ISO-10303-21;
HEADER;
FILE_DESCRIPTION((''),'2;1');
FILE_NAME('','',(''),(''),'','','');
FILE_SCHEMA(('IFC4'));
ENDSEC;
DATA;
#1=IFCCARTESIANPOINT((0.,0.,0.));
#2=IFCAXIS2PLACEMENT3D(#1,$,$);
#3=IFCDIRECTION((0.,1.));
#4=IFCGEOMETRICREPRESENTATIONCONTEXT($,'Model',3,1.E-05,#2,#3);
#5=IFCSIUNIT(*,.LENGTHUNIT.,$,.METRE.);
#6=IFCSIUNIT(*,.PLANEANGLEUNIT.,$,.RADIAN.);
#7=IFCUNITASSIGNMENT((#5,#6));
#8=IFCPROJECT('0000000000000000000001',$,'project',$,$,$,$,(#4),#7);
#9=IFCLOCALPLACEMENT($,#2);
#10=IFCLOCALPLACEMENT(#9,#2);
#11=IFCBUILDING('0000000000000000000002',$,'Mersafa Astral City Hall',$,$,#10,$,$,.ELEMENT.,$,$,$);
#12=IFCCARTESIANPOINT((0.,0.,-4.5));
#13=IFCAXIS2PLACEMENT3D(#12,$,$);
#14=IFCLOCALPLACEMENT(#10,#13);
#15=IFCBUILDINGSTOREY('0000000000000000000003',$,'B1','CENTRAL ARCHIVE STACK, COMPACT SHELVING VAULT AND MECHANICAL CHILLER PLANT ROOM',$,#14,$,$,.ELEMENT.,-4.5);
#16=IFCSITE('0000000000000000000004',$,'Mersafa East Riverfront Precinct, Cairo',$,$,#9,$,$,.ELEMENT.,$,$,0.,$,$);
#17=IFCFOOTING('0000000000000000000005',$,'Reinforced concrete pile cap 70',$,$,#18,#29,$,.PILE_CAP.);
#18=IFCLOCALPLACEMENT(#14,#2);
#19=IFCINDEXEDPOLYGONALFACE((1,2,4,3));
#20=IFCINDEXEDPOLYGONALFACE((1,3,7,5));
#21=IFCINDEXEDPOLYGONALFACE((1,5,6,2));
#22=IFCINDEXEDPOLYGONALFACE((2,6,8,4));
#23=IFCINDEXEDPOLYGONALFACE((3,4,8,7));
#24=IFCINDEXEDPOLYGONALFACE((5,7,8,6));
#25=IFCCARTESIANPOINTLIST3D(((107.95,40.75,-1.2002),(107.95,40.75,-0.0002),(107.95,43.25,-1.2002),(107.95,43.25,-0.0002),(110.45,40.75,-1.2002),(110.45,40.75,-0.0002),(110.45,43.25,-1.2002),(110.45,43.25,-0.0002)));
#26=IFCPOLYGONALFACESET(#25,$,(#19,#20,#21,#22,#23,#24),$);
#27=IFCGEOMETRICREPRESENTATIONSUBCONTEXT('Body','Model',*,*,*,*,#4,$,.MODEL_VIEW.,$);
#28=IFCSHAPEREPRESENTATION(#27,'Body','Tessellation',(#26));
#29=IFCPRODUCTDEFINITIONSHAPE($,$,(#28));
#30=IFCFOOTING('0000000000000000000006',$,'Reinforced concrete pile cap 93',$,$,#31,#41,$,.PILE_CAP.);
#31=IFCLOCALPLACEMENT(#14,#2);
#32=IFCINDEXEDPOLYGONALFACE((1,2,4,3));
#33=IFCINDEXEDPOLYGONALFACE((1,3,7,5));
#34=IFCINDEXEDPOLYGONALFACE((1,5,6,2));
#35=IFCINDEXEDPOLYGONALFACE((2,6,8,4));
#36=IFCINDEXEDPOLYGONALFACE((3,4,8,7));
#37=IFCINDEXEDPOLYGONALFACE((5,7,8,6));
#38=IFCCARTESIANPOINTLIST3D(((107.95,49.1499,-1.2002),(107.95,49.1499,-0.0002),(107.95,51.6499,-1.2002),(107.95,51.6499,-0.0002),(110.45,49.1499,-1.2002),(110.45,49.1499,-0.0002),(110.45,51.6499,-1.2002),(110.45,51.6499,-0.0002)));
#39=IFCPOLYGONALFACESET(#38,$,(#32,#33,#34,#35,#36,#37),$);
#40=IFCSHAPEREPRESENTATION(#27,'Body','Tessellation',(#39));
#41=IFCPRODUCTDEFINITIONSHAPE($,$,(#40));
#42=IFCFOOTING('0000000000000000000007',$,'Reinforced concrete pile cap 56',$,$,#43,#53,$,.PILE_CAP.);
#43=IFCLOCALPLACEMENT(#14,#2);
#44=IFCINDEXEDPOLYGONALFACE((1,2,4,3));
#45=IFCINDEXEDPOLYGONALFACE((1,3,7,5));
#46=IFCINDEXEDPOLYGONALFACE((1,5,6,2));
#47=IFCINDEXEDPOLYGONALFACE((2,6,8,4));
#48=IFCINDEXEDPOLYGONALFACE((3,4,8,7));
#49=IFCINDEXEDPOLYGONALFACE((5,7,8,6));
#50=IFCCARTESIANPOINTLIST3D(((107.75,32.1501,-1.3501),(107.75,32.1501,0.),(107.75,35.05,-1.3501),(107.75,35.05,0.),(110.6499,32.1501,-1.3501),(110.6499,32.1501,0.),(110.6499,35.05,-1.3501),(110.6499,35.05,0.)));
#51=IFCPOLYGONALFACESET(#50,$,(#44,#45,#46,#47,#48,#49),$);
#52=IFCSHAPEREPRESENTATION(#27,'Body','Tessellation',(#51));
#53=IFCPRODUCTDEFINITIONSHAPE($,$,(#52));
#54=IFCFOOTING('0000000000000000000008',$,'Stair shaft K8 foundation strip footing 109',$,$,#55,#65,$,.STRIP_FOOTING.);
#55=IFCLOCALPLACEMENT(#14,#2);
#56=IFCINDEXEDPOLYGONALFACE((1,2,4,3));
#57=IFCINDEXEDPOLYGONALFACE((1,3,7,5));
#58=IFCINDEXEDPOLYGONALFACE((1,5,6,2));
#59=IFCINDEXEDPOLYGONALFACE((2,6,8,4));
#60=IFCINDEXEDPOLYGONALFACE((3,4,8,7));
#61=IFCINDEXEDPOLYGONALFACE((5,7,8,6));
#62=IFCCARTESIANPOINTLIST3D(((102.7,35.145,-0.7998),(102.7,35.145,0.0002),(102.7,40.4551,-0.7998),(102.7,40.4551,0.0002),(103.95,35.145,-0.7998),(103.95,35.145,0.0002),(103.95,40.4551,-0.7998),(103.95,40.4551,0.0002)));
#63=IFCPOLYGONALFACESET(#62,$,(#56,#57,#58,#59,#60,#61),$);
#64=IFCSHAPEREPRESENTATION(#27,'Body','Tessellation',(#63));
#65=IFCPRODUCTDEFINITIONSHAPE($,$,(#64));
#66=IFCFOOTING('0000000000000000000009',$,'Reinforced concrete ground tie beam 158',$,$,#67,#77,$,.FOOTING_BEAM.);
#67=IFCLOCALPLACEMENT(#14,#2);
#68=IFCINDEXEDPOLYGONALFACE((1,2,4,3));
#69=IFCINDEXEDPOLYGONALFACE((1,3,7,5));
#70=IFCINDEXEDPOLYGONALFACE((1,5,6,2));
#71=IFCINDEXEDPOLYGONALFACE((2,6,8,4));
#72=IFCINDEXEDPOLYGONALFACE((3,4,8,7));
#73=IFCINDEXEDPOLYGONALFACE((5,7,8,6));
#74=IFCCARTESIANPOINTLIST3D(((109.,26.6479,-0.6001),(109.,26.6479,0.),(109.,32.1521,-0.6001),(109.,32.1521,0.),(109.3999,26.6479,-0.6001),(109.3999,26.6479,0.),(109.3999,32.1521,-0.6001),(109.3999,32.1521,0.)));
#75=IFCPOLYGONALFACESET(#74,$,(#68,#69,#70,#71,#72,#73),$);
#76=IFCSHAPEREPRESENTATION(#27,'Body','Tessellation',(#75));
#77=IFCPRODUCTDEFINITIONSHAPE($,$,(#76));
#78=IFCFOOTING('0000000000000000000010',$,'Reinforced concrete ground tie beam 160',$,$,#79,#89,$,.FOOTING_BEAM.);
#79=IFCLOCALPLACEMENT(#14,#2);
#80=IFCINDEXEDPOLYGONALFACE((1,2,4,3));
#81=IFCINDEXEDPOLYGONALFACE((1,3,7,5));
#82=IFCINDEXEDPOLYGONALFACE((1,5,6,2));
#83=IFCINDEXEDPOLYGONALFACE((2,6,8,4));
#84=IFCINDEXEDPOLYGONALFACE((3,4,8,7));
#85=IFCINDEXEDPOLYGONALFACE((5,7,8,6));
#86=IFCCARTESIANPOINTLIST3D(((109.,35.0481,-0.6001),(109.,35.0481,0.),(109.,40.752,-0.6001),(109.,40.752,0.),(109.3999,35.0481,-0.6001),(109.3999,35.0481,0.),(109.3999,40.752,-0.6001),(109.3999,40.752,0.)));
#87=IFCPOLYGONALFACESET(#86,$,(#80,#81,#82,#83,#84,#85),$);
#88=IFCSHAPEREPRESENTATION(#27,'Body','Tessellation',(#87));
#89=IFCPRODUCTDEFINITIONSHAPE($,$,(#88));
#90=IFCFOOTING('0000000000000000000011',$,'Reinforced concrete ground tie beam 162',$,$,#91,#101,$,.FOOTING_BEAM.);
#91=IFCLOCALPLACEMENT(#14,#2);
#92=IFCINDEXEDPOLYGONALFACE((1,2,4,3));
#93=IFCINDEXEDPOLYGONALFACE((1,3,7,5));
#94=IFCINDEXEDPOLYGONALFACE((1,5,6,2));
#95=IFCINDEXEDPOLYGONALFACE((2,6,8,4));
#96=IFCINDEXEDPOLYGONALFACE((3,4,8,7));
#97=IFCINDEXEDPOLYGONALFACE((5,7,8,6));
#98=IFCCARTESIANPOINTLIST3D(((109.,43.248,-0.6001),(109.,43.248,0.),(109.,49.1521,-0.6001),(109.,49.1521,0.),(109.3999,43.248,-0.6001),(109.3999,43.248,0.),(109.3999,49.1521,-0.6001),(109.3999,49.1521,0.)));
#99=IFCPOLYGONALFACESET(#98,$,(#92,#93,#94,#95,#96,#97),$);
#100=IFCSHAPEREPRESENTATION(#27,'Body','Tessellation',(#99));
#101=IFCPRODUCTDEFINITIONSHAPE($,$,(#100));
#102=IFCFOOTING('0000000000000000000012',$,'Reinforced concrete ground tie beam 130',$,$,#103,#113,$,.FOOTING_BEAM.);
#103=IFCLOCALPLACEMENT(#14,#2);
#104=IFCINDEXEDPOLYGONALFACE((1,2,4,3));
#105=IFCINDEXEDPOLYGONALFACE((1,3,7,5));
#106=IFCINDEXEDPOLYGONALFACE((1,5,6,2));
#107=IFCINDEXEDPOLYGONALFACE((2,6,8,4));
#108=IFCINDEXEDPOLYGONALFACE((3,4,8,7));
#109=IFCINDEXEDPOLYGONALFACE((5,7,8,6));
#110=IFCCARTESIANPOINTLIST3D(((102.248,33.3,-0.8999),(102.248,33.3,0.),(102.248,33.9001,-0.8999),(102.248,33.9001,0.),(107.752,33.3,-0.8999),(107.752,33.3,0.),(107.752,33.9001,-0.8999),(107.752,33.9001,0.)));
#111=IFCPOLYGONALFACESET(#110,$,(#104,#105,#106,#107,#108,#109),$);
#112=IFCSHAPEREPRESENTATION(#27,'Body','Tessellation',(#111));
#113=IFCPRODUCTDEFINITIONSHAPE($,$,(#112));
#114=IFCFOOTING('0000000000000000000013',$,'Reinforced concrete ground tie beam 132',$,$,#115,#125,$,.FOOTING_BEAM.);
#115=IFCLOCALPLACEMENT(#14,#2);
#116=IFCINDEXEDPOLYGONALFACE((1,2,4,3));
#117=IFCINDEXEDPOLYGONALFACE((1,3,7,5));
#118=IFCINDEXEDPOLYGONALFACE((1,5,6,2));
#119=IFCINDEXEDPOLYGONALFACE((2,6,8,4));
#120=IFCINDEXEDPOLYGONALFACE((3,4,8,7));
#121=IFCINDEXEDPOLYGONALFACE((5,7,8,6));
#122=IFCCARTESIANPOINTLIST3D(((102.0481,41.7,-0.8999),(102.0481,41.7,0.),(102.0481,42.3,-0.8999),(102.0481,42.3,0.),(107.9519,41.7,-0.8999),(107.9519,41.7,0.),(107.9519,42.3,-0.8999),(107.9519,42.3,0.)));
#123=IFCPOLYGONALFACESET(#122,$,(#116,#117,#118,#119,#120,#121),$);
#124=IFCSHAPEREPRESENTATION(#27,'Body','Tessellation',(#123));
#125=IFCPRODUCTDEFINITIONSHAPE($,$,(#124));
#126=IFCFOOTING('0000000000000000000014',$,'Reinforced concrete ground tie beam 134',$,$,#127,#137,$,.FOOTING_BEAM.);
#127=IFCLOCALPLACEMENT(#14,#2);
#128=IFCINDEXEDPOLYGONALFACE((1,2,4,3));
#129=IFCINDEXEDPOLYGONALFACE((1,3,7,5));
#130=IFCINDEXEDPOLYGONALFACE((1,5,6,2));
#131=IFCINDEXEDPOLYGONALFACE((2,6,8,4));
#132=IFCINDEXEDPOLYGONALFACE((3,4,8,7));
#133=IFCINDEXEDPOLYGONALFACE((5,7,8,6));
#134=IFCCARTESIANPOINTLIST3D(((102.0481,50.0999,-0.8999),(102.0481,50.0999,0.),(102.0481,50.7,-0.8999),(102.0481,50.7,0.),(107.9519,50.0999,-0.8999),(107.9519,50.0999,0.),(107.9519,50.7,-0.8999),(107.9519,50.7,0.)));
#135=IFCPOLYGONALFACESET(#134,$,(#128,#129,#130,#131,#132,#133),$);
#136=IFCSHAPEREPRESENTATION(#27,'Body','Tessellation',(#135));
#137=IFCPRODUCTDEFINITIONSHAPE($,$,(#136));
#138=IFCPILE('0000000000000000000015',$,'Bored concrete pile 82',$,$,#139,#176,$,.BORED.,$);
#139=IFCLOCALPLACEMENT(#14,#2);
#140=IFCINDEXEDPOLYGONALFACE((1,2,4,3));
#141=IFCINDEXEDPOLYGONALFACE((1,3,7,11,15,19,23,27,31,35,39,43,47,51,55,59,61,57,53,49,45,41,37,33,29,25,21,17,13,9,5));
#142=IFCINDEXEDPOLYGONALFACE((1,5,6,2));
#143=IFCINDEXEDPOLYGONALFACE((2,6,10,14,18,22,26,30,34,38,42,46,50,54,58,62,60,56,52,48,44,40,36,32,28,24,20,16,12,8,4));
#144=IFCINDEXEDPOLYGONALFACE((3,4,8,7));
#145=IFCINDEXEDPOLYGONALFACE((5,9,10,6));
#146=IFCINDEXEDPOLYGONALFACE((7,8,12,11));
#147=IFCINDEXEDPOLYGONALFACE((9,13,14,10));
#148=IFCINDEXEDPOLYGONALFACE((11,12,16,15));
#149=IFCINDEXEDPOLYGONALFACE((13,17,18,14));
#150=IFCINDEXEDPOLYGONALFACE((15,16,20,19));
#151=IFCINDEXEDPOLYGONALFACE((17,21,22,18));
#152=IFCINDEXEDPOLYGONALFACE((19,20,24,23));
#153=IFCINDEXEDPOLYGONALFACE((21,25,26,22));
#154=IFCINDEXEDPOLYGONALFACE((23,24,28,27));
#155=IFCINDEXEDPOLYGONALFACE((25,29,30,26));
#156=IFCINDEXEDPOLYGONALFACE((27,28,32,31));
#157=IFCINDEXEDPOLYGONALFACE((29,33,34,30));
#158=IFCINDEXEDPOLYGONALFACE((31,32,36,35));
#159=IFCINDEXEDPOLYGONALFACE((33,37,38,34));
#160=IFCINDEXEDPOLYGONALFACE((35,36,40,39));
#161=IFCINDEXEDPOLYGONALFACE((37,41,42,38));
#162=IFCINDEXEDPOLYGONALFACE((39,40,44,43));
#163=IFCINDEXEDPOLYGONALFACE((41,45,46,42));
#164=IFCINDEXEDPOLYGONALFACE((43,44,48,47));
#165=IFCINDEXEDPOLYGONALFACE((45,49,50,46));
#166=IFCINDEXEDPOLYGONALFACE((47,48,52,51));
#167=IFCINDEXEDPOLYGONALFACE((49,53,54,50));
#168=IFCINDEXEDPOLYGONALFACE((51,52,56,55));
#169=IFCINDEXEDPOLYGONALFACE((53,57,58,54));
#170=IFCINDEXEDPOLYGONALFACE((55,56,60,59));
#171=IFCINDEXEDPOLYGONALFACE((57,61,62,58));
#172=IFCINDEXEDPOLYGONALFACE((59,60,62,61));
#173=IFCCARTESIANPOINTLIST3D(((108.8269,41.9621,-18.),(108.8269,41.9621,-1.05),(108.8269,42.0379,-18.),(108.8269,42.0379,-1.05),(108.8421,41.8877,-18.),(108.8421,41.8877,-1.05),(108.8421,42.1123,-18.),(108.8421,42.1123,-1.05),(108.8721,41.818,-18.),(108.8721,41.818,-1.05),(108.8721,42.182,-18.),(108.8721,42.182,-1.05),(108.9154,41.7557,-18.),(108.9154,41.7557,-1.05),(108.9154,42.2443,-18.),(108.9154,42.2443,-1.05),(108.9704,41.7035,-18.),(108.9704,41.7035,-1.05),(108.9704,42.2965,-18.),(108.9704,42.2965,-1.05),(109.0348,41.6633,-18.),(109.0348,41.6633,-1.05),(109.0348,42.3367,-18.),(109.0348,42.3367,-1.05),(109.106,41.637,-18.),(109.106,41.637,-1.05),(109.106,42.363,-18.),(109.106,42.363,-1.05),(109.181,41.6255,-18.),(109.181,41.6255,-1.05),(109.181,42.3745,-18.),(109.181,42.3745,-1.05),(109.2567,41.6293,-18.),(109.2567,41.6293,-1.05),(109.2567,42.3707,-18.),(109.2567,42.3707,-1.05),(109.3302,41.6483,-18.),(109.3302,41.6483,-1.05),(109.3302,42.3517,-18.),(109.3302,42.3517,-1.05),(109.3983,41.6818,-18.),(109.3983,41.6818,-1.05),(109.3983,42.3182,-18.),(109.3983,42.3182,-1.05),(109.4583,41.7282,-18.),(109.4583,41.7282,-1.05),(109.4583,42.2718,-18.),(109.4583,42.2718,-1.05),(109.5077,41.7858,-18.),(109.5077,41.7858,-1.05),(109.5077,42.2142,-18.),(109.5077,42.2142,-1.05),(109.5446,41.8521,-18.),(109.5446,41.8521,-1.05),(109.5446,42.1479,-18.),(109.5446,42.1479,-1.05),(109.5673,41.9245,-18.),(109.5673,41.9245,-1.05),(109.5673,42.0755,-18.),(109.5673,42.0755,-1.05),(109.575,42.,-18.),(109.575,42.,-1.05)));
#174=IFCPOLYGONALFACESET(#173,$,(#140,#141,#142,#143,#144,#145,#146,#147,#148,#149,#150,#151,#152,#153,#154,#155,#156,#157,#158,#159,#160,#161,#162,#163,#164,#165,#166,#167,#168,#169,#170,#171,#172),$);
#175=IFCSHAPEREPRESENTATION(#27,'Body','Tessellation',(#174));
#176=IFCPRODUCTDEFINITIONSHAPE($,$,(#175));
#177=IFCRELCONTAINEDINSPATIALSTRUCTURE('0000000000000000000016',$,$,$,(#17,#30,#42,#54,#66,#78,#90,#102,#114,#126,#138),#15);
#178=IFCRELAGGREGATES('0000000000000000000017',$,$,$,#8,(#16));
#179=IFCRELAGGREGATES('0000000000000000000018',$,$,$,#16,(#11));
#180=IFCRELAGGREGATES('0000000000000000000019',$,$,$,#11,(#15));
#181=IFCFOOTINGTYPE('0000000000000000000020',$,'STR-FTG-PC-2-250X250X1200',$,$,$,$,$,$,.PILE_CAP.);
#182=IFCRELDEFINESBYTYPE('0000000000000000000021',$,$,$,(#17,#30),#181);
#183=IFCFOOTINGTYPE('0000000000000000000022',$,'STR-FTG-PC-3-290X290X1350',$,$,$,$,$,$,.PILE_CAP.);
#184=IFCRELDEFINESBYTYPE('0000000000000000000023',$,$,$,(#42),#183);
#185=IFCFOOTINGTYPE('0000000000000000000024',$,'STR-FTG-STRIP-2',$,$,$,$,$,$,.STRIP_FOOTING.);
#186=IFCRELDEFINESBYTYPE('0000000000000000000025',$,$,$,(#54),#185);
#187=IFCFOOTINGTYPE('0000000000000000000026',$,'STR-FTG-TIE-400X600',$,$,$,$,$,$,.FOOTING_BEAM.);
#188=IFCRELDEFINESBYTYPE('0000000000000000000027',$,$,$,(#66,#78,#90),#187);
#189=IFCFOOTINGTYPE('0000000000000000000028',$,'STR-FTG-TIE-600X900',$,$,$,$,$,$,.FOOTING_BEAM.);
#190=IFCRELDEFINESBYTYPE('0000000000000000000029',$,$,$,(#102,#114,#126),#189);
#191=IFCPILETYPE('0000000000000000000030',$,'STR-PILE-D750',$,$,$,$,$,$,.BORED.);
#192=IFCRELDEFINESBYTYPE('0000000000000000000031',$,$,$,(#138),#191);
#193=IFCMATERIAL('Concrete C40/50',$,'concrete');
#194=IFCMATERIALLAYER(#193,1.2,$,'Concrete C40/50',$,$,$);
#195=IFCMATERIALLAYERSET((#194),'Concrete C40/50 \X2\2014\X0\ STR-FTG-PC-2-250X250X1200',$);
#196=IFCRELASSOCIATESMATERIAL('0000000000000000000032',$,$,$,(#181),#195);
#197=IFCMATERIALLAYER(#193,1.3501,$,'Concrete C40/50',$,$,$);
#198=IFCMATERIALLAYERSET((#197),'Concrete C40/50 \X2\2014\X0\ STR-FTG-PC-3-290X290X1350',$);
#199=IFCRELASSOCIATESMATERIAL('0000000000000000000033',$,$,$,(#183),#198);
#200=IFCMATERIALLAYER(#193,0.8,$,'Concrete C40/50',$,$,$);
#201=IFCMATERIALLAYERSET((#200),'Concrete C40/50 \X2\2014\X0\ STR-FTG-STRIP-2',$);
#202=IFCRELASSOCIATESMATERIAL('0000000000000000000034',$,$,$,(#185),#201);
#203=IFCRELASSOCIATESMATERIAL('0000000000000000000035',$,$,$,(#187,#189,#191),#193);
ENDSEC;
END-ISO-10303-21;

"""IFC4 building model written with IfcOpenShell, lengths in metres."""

from ifc_helpers import new_model, si_unit, direction, frame, origin, origin_2d, place, context, subcontext, project, spatial, rectangle, circle, extrude, material, layer, layer_set, material_profile, profile_set, type_object, element, save


model = new_model("IFC4")

# Units and contexts
model_context = context("Model", 3, precision=1e-05, world=origin(), true_north=direction((0.0, 1.0)))
body_context = subcontext(model_context, "Body", "Model", "MODEL_VIEW")
ifc_project = project(units=[si_unit("LENGTHUNIT", "METRE"), si_unit("PLANEANGLEUNIT", "RADIAN")], contexts=[model_context])

# Site, building, storey
site_placement = place(None, origin())
site = spatial("IfcSite", under=ifc_project, at=site_placement, Name="Mersafa East Riverfront Precinct, Cairo", CompositionType="ELEMENT", RefElevation=0.0)
building_placement = place(site_placement, origin())
building = spatial("IfcBuilding", under=site, at=building_placement, Name="Mersafa Astral City Hall", CompositionType="ELEMENT")
storey_placement = place(building_placement, frame((0.0, 0.0, -4.5)))
storey = spatial("IfcBuildingStorey", under=building, at=storey_placement, Name="B1", Description="CENTRAL ARCHIVE STACK, COMPACT SHELVING VAULT AND MECHANICAL CHILLER PLANT ROOM", CompositionType="ELEMENT", Elevation=-4.5)

# Footings
ifc_material_1 = material(Name="Concrete C40/50", Category="concrete")
ifc_layer_1 = layer(ifc_material_1, 1.2, Name="Concrete C40/50")
ifc_layer_set_1 = layer_set([ifc_layer_1], Name="Concrete C40/50 — STR-FTG-PC-2-250X250X1200")
footing_type_1 = type_object("IfcFootingType", Name="STR-FTG-PC-2-250X250X1200", PredefinedType="PILE_CAP", material=ifc_layer_set_1)
for number, where, z_axis, x_axis, name in (
    (1, (109.2, 42.0, -1.2002), (0.0, 0.0, 1.0), (1.0, 0.0, 0.0), "Reinforced concrete pile cap 70"),
    (2, (109.2, 50.3999, -1.2002), (0.0, 0.0, 1.0), (1.0, 0.0, 0.0), "Reinforced concrete pile cap 93"),
):
    element("IfcFooting", number, at=place(storey_placement, frame(where, z_axis=z_axis, x_axis=x_axis)), inside=storey, type_object=footing_type_1, Name=name, PredefinedType="PILE_CAP", context=body_context, shape_type="SweptSolid", body=[
        extrude(rectangle(XDim=2.5, YDim=2.5, at=origin_2d()), origin(), (0.0, 0.0, 1.0), 1.2),
    ])
ifc_layer_2 = layer(ifc_material_1, 1.3501, Name="Concrete C40/50")
ifc_layer_set_2 = layer_set([ifc_layer_2], Name="Concrete C40/50 — STR-FTG-PC-3-290X290X1350")
footing_type_2 = type_object("IfcFootingType", Name="STR-FTG-PC-3-290X290X1350", PredefinedType="PILE_CAP", material=ifc_layer_set_2)
footing_1_placement = place(storey_placement, frame((109.2, 33.6001, -1.3501), z_axis=(0.0, 0.0, 1.0), x_axis=(1.0, 0.0, 0.0)))
element("IfcFooting", 3, at=footing_1_placement, inside=storey, type_object=footing_type_2, Name="Reinforced concrete pile cap 56", PredefinedType="PILE_CAP", context=body_context, shape_type="SweptSolid", body=[
    extrude(rectangle(XDim=2.8999, YDim=2.8999, at=origin_2d()), origin(), (0.0, 0.0, 1.0), 1.3501),
])
ifc_layer_3 = layer(ifc_material_1, 0.8, Name="Concrete C40/50")
ifc_layer_set_3 = layer_set([ifc_layer_3], Name="Concrete C40/50 — STR-FTG-STRIP-2")
footing_type_3 = type_object("IfcFootingType", Name="STR-FTG-STRIP-2", PredefinedType="STRIP_FOOTING", material=ifc_layer_set_3)
footing_2_placement = place(storey_placement, frame((103.325, 37.8, -0.7998), z_axis=(0.0, 0.0, 1.0), x_axis=(0.0, 1.0, 0.0)))
element("IfcFooting", 4, at=footing_2_placement, inside=storey, type_object=footing_type_3, Name="Stair shaft K8 foundation strip footing 109", PredefinedType="STRIP_FOOTING", context=body_context, shape_type="SweptSolid", body=[
    extrude(rectangle(XDim=5.3101, YDim=1.25, at=origin_2d()), origin(), (0.0, 0.0, 1.0), 0.8),
])
ifc_material_profile_1 = material_profile(ifc_material_1, rectangle(XDim=0.3999, YDim=0.6001, at=origin_2d()), Name="RC 400x600")
ifc_profile_set_1 = profile_set([ifc_material_profile_1], Name="Concrete C40/50")
footing_type_4 = type_object("IfcFootingType", Name="STR-FTG-TIE-400X600", PredefinedType="FOOTING_BEAM", material=ifc_profile_set_1)
footing_3_placement = place(storey_placement, frame((109.2, 26.6479, -0.3), z_axis=(0.0, 1.0, 0.0), x_axis=(-1.0, 0.0, 0.0)))
element("IfcFooting", 5, at=footing_3_placement, inside=storey, type_object=footing_type_4, Name="Reinforced concrete ground tie beam 158", PredefinedType="FOOTING_BEAM", context=body_context, shape_type="SweptSolid", body=[
    extrude(rectangle(XDim=0.3999, YDim=0.6001, at=origin_2d()), origin(), (0.0, 0.0, 1.0), 5.5042),
])
footing_4_placement = place(storey_placement, frame((109.2, 35.0481, -0.3), z_axis=(0.0, 1.0, 0.0), x_axis=(-1.0, 0.0, 0.0)))
element("IfcFooting", 6, at=footing_4_placement, inside=storey, type_object=footing_type_4, Name="Reinforced concrete ground tie beam 160", PredefinedType="FOOTING_BEAM", context=body_context, shape_type="SweptSolid", body=[
    extrude(rectangle(XDim=0.3999, YDim=0.6001, at=origin_2d()), origin(), (0.0, 0.0, 1.0), 5.7039),
])
footing_5_placement = place(storey_placement, frame((109.2, 43.248, -0.3), z_axis=(0.0, 1.0, 0.0), x_axis=(-1.0, 0.0, 0.0)))
element("IfcFooting", 7, at=footing_5_placement, inside=storey, type_object=footing_type_4, Name="Reinforced concrete ground tie beam 162", PredefinedType="FOOTING_BEAM", context=body_context, shape_type="SweptSolid", body=[
    extrude(rectangle(XDim=0.3999, YDim=0.6001, at=origin_2d()), origin(), (0.0, 0.0, 1.0), 5.9041),
])
ifc_material_profile_2 = material_profile(ifc_material_1, rectangle(XDim=0.6001, YDim=0.8999, at=origin_2d()), Name="RC 600x900")
ifc_profile_set_2 = profile_set([ifc_material_profile_2], Name="Concrete C40/50")
footing_type_5 = type_object("IfcFootingType", Name="STR-FTG-TIE-600X900", PredefinedType="FOOTING_BEAM", material=ifc_profile_set_2)
footing_6_placement = place(storey_placement, frame((102.248, 33.6001, -0.45), z_axis=(1.0, 0.0, 0.0), x_axis=(0.0, 1.0, 0.0)))
element("IfcFooting", 8, at=footing_6_placement, inside=storey, type_object=footing_type_5, Name="Reinforced concrete ground tie beam 130", PredefinedType="FOOTING_BEAM", context=body_context, shape_type="SweptSolid", body=[
    extrude(rectangle(XDim=0.6001, YDim=0.8999, at=origin_2d()), origin(), (0.0, 0.0, 1.0), 5.5039),
])
for number, where, z_axis, x_axis, name in (
    (9, (102.0481, 42.0, -0.45), (1.0, 0.0, 0.0), (0.0, 1.0, 0.0), "Reinforced concrete ground tie beam 132"),
    (10, (102.0481, 50.3999, -0.45), (1.0, 0.0, 0.0), (0.0, 1.0, 0.0), "Reinforced concrete ground tie beam 134"),
):
    element("IfcFooting", number, at=place(storey_placement, frame(where, z_axis=z_axis, x_axis=x_axis)), inside=storey, type_object=footing_type_5, Name=name, PredefinedType="FOOTING_BEAM", context=body_context, shape_type="SweptSolid", body=[
        extrude(rectangle(XDim=0.6001, YDim=0.8999, at=origin_2d()), origin(), (0.0, 0.0, 1.0), 5.9038),
    ])

# Pile
ifc_material_profile_3 = material_profile(ifc_material_1, circle(Radius=0.375, at=origin_2d()), Name="PILE D750")
ifc_profile_set_3 = profile_set([ifc_material_profile_3], Name="Concrete C40/50")
pile_type_1 = type_object("IfcPileType", Name="STR-PILE-D750", PredefinedType="BORED", material=ifc_profile_set_3)
for number, where, z_axis, x_axis, name in (
    (11, (109.2, 42.0, -1.05), (0.0, 0.0, -1.0), (1.0, 0.0, 0.0), "Bored concrete pile 82"),
):
    element("IfcPile", number, at=place(storey_placement, frame(where, z_axis=z_axis, x_axis=x_axis)), inside=storey, type_object=pile_type_1, Name=name, PredefinedType="BORED", context=body_context, shape_type="SweptSolid", body=[
        extrude(circle(Radius=0.375, at=origin_2d()), origin(), (0.0, 0.0, 1.0), 16.95),
    ])

save(model, "model.ifc")
